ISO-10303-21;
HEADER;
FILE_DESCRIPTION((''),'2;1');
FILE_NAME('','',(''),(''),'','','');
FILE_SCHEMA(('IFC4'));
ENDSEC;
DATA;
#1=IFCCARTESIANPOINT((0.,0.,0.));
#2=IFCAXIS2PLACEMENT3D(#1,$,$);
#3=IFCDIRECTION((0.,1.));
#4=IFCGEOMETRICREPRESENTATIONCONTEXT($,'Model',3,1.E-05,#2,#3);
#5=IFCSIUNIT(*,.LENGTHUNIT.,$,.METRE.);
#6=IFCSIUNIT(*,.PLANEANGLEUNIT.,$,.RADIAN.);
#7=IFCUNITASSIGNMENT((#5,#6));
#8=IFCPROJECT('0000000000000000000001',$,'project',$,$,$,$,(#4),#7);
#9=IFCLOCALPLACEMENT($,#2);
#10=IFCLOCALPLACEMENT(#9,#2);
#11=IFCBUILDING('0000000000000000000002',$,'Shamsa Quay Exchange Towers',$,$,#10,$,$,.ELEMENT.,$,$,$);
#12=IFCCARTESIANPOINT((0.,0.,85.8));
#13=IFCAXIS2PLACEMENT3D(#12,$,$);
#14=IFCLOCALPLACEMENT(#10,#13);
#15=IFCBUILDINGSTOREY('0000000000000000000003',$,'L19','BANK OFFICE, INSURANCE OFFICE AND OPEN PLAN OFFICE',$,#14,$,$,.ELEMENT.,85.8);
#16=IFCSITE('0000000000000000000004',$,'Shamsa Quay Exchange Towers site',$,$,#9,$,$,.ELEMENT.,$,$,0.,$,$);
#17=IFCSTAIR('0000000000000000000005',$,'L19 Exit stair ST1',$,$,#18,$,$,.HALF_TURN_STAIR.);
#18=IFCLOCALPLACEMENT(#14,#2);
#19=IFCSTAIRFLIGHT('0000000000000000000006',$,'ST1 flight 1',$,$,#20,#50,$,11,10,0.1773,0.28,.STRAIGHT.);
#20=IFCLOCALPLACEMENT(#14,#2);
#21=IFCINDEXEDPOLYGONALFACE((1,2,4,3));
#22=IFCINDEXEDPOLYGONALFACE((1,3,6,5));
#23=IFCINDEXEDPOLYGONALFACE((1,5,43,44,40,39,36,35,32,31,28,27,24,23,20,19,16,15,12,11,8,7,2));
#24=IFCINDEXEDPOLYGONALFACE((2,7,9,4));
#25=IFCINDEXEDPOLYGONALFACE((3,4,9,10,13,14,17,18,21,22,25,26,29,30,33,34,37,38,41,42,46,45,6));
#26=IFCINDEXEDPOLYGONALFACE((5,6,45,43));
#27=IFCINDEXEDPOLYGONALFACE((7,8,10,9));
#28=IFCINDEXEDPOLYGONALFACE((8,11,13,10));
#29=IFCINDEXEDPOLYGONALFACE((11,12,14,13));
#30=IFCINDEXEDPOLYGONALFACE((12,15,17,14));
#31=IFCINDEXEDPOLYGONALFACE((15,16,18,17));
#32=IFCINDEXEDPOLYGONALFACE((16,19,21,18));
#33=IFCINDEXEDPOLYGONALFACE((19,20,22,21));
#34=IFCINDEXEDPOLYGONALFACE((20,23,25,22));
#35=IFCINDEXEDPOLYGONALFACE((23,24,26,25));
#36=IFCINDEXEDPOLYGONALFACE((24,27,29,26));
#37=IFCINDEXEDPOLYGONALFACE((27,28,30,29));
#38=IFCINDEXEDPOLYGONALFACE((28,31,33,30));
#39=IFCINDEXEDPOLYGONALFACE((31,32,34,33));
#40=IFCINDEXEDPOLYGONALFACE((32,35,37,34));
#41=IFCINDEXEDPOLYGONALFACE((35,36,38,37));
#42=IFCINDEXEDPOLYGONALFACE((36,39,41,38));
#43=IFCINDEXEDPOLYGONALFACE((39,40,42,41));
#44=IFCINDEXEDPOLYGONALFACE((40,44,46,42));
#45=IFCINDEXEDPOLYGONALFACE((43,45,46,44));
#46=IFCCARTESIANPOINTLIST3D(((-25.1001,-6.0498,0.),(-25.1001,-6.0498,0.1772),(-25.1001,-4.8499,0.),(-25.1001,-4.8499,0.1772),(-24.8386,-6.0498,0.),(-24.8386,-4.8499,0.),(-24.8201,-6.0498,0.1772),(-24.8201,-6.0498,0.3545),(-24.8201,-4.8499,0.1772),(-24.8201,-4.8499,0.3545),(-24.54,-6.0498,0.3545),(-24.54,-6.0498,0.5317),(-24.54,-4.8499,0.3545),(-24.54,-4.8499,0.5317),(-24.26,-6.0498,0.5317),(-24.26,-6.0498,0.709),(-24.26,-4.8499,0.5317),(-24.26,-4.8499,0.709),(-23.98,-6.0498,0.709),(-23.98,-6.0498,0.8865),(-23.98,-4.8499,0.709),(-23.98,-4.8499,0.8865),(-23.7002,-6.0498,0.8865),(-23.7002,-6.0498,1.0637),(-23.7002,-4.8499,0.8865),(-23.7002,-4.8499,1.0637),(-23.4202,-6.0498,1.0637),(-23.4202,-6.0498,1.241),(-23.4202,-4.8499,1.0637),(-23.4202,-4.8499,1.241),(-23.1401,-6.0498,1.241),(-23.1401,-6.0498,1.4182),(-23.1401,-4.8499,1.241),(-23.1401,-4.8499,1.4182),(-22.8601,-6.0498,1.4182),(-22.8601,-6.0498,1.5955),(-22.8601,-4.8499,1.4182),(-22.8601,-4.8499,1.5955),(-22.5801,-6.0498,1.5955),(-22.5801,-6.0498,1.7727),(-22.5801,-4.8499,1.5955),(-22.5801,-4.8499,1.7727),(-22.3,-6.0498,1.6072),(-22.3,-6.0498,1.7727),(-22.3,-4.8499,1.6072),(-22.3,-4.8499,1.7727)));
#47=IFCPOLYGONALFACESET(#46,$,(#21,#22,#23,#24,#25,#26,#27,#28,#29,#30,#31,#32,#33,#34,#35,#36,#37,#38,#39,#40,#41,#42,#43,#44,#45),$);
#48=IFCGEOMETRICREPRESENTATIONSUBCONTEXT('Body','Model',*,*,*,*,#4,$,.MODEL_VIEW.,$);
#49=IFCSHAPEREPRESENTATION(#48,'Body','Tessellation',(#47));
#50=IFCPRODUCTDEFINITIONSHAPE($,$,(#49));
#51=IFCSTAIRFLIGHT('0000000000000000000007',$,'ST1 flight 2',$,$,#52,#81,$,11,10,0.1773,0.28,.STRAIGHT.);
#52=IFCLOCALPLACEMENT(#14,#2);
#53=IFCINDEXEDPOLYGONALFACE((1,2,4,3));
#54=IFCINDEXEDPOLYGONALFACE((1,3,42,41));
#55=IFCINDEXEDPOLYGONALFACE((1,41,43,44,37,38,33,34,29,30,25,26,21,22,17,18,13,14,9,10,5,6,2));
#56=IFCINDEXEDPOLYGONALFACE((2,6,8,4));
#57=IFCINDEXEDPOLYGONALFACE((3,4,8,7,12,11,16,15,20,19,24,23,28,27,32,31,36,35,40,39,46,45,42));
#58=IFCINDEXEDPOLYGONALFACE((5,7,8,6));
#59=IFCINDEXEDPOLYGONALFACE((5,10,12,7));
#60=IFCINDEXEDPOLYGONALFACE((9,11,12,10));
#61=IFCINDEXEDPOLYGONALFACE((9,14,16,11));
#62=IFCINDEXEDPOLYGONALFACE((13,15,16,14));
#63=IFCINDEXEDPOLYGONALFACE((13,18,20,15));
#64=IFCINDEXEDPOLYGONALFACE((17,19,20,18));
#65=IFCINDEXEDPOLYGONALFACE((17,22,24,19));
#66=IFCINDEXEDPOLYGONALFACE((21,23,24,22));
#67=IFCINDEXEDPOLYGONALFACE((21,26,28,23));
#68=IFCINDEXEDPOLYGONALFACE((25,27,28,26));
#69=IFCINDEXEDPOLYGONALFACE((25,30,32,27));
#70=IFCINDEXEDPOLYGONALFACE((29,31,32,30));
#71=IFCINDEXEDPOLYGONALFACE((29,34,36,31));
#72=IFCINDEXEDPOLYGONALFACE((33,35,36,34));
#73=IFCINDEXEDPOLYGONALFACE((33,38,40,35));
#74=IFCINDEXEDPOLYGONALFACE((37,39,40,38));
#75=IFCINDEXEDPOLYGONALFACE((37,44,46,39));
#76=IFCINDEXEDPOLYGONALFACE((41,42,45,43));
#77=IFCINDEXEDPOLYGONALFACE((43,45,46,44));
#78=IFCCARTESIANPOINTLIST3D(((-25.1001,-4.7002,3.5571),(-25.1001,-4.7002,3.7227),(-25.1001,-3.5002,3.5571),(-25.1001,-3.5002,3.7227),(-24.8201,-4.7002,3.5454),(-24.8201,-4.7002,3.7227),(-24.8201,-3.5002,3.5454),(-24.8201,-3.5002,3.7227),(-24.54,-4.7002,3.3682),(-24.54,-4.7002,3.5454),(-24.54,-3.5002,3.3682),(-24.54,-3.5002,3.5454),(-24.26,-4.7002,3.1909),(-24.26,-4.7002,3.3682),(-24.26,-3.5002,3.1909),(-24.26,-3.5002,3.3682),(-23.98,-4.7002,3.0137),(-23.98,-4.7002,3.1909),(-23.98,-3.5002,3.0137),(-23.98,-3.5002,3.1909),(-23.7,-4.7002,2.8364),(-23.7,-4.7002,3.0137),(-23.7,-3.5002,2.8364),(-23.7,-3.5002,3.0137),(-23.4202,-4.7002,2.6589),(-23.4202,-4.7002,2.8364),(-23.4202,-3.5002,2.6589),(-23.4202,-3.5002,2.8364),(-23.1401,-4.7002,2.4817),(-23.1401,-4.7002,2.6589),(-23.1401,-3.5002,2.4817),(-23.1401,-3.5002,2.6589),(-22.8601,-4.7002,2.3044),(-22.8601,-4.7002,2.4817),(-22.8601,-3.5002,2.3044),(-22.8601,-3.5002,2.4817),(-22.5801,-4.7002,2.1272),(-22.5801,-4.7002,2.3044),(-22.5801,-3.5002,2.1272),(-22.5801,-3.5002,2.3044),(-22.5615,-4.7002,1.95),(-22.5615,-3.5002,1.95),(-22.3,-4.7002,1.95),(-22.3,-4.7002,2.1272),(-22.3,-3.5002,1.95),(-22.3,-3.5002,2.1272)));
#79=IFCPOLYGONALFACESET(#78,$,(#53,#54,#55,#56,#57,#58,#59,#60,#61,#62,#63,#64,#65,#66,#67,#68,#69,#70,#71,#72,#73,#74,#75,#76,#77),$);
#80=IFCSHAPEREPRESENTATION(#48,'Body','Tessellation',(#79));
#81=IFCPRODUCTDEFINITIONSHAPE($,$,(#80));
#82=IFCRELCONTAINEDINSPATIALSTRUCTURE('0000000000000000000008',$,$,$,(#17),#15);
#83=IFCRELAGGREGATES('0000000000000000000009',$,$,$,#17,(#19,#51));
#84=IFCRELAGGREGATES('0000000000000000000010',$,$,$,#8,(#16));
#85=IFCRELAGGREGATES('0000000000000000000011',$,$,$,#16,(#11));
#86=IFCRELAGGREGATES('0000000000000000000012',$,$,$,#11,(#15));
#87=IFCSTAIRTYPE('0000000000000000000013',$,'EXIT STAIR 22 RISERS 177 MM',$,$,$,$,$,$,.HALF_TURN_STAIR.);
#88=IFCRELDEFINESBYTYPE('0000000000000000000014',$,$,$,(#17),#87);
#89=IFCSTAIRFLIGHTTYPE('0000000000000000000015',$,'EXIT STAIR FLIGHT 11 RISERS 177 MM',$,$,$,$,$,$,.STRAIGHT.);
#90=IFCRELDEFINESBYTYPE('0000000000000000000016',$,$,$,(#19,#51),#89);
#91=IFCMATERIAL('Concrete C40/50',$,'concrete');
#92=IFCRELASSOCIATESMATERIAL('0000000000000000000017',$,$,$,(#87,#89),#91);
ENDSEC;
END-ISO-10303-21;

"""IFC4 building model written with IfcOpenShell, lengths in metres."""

from ifc_helpers import new_model, si_unit, direction, frame, origin, place, context, subcontext, project, spatial, polyline, outline, extrude, material, type_object, element, aggregate, save


model = new_model("IFC4")

# Units and contexts
model_context = context("Model", 3, precision=1e-05, world=origin(), true_north=direction((0.0, 1.0)))
body_context = subcontext(model_context, "Body", "Model", "MODEL_VIEW")
ifc_project = project(units=[si_unit("LENGTHUNIT", "METRE"), si_unit("PLANEANGLEUNIT", "RADIAN")], contexts=[model_context])

# Site, building, storey
site_placement = place(None, origin())
site = spatial("IfcSite", under=ifc_project, at=site_placement, Name="Shamsa Quay Exchange Towers site", CompositionType="ELEMENT", RefElevation=0.0)
building_placement = place(site_placement, origin())
building = spatial("IfcBuilding", under=site, at=building_placement, Name="Shamsa Quay Exchange Towers", CompositionType="ELEMENT")
storey_placement = place(building_placement, frame((0.0, 0.0, 85.8)))
storey = spatial("IfcBuildingStorey", under=building, at=storey_placement, Name="L19", Description="BANK OFFICE, INSURANCE OFFICE AND OPEN PLAN OFFICE", CompositionType="ELEMENT", Elevation=85.8)

# Stair, stair flights
ifc_material_1 = material(Name="Concrete C40/50", Category="concrete")
stair_type = type_object("IfcStairType", Name="EXIT STAIR 22 RISERS 177 MM", PredefinedType="HALF_TURN_STAIR", material=ifc_material_1)
stair_placement = place(storey_placement, origin())
stair = element("IfcStair", 1, at=stair_placement, inside=storey, type_object=stair_type, Name="L19 Exit stair ST1", PredefinedType="HALF_TURN_STAIR")
stair_flight_type = type_object("IfcStairFlightType", Name="EXIT STAIR FLIGHT 11 RISERS 177 MM", PredefinedType="STRAIGHT", material=ifc_material_1)
stair_flight_1_placement = place(storey_placement, frame((-25.1001, -5.45, 0.0)))
stair_flight_1 = element("IfcStairFlight", 2, at=stair_flight_1_placement, type_object=stair_flight_type, Name="ST1 flight 1", NumberOfRisers=11, NumberOfTreads=10, PredefinedType="STRAIGHT", RiserHeight=0.1773, TreadLength=0.28, context=body_context, shape_type="SweptSolid", body=[
    extrude(outline(polyline([(0.0, 0.0), (0.0, 0.1772), (0.28, 0.1772), (0.28, 0.3545), (0.5601, 0.3545), (0.5601, 0.5317), (0.8401, 0.5317), (0.8401, 0.709), (1.1201, 0.709), (1.1201, 0.8865), (1.3999, 0.8865), (1.3999, 1.0637), (1.6799, 1.0637), (1.6799, 1.241), (1.96, 1.241), (1.96, 1.4182), (2.24, 1.4182), (2.24, 1.5955), (2.52, 1.5955), (2.52, 1.7727), (2.8, 1.7727), (2.8, 1.95), (2.8, 1.6072), (0.2615, 0.0), (0.0, 0.0)])), frame((0.0, 0.6001, 0.0), z_axis=(0.0, -1.0, 0.0), x_axis=(1.0, 0.0, 0.0)), (0.0, 0.0, 1.0), 1.2),
])
stair_flight_2_placement = place(storey_placement, frame((-22.3, -4.1001, 1.95), z_axis=(0.0, 0.0, 1.0), x_axis=(-1.0, 0.0, 0.0)))
stair_flight_2 = element("IfcStairFlight", 3, at=stair_flight_2_placement, type_object=stair_flight_type, Name="ST1 flight 2", NumberOfRisers=11, NumberOfTreads=10, PredefinedType="STRAIGHT", RiserHeight=0.1773, TreadLength=0.28, context=body_context, shape_type="SweptSolid", body=[
    extrude(outline(polyline([(0.0, 0.0), (0.0, 0.1772), (0.28, 0.1772), (0.28, 0.3545), (0.5601, 0.3545), (0.5601, 0.5317), (0.8401, 0.5317), (0.8401, 0.709), (1.1201, 0.709), (1.1201, 0.8865), (1.3999, 0.8865), (1.3999, 1.0637), (1.6799, 1.0637), (1.6799, 1.241), (1.96, 1.241), (1.96, 1.4182), (2.24, 1.4182), (2.24, 1.5955), (2.52, 1.5955), (2.52, 1.7727), (2.8, 1.7727), (2.8, 1.95), (2.8, 1.6072), (0.2615, 0.0), (0.0, 0.0)])), frame((0.0, 0.6001, 0.0), z_axis=(0.0, -1.0, 0.0), x_axis=(1.0, 0.0, 0.0)), (0.0, 0.0, 1.0), 1.2),
])
aggregate(stair, [stair_flight_1, stair_flight_2])

save(model, "model.ifc")
